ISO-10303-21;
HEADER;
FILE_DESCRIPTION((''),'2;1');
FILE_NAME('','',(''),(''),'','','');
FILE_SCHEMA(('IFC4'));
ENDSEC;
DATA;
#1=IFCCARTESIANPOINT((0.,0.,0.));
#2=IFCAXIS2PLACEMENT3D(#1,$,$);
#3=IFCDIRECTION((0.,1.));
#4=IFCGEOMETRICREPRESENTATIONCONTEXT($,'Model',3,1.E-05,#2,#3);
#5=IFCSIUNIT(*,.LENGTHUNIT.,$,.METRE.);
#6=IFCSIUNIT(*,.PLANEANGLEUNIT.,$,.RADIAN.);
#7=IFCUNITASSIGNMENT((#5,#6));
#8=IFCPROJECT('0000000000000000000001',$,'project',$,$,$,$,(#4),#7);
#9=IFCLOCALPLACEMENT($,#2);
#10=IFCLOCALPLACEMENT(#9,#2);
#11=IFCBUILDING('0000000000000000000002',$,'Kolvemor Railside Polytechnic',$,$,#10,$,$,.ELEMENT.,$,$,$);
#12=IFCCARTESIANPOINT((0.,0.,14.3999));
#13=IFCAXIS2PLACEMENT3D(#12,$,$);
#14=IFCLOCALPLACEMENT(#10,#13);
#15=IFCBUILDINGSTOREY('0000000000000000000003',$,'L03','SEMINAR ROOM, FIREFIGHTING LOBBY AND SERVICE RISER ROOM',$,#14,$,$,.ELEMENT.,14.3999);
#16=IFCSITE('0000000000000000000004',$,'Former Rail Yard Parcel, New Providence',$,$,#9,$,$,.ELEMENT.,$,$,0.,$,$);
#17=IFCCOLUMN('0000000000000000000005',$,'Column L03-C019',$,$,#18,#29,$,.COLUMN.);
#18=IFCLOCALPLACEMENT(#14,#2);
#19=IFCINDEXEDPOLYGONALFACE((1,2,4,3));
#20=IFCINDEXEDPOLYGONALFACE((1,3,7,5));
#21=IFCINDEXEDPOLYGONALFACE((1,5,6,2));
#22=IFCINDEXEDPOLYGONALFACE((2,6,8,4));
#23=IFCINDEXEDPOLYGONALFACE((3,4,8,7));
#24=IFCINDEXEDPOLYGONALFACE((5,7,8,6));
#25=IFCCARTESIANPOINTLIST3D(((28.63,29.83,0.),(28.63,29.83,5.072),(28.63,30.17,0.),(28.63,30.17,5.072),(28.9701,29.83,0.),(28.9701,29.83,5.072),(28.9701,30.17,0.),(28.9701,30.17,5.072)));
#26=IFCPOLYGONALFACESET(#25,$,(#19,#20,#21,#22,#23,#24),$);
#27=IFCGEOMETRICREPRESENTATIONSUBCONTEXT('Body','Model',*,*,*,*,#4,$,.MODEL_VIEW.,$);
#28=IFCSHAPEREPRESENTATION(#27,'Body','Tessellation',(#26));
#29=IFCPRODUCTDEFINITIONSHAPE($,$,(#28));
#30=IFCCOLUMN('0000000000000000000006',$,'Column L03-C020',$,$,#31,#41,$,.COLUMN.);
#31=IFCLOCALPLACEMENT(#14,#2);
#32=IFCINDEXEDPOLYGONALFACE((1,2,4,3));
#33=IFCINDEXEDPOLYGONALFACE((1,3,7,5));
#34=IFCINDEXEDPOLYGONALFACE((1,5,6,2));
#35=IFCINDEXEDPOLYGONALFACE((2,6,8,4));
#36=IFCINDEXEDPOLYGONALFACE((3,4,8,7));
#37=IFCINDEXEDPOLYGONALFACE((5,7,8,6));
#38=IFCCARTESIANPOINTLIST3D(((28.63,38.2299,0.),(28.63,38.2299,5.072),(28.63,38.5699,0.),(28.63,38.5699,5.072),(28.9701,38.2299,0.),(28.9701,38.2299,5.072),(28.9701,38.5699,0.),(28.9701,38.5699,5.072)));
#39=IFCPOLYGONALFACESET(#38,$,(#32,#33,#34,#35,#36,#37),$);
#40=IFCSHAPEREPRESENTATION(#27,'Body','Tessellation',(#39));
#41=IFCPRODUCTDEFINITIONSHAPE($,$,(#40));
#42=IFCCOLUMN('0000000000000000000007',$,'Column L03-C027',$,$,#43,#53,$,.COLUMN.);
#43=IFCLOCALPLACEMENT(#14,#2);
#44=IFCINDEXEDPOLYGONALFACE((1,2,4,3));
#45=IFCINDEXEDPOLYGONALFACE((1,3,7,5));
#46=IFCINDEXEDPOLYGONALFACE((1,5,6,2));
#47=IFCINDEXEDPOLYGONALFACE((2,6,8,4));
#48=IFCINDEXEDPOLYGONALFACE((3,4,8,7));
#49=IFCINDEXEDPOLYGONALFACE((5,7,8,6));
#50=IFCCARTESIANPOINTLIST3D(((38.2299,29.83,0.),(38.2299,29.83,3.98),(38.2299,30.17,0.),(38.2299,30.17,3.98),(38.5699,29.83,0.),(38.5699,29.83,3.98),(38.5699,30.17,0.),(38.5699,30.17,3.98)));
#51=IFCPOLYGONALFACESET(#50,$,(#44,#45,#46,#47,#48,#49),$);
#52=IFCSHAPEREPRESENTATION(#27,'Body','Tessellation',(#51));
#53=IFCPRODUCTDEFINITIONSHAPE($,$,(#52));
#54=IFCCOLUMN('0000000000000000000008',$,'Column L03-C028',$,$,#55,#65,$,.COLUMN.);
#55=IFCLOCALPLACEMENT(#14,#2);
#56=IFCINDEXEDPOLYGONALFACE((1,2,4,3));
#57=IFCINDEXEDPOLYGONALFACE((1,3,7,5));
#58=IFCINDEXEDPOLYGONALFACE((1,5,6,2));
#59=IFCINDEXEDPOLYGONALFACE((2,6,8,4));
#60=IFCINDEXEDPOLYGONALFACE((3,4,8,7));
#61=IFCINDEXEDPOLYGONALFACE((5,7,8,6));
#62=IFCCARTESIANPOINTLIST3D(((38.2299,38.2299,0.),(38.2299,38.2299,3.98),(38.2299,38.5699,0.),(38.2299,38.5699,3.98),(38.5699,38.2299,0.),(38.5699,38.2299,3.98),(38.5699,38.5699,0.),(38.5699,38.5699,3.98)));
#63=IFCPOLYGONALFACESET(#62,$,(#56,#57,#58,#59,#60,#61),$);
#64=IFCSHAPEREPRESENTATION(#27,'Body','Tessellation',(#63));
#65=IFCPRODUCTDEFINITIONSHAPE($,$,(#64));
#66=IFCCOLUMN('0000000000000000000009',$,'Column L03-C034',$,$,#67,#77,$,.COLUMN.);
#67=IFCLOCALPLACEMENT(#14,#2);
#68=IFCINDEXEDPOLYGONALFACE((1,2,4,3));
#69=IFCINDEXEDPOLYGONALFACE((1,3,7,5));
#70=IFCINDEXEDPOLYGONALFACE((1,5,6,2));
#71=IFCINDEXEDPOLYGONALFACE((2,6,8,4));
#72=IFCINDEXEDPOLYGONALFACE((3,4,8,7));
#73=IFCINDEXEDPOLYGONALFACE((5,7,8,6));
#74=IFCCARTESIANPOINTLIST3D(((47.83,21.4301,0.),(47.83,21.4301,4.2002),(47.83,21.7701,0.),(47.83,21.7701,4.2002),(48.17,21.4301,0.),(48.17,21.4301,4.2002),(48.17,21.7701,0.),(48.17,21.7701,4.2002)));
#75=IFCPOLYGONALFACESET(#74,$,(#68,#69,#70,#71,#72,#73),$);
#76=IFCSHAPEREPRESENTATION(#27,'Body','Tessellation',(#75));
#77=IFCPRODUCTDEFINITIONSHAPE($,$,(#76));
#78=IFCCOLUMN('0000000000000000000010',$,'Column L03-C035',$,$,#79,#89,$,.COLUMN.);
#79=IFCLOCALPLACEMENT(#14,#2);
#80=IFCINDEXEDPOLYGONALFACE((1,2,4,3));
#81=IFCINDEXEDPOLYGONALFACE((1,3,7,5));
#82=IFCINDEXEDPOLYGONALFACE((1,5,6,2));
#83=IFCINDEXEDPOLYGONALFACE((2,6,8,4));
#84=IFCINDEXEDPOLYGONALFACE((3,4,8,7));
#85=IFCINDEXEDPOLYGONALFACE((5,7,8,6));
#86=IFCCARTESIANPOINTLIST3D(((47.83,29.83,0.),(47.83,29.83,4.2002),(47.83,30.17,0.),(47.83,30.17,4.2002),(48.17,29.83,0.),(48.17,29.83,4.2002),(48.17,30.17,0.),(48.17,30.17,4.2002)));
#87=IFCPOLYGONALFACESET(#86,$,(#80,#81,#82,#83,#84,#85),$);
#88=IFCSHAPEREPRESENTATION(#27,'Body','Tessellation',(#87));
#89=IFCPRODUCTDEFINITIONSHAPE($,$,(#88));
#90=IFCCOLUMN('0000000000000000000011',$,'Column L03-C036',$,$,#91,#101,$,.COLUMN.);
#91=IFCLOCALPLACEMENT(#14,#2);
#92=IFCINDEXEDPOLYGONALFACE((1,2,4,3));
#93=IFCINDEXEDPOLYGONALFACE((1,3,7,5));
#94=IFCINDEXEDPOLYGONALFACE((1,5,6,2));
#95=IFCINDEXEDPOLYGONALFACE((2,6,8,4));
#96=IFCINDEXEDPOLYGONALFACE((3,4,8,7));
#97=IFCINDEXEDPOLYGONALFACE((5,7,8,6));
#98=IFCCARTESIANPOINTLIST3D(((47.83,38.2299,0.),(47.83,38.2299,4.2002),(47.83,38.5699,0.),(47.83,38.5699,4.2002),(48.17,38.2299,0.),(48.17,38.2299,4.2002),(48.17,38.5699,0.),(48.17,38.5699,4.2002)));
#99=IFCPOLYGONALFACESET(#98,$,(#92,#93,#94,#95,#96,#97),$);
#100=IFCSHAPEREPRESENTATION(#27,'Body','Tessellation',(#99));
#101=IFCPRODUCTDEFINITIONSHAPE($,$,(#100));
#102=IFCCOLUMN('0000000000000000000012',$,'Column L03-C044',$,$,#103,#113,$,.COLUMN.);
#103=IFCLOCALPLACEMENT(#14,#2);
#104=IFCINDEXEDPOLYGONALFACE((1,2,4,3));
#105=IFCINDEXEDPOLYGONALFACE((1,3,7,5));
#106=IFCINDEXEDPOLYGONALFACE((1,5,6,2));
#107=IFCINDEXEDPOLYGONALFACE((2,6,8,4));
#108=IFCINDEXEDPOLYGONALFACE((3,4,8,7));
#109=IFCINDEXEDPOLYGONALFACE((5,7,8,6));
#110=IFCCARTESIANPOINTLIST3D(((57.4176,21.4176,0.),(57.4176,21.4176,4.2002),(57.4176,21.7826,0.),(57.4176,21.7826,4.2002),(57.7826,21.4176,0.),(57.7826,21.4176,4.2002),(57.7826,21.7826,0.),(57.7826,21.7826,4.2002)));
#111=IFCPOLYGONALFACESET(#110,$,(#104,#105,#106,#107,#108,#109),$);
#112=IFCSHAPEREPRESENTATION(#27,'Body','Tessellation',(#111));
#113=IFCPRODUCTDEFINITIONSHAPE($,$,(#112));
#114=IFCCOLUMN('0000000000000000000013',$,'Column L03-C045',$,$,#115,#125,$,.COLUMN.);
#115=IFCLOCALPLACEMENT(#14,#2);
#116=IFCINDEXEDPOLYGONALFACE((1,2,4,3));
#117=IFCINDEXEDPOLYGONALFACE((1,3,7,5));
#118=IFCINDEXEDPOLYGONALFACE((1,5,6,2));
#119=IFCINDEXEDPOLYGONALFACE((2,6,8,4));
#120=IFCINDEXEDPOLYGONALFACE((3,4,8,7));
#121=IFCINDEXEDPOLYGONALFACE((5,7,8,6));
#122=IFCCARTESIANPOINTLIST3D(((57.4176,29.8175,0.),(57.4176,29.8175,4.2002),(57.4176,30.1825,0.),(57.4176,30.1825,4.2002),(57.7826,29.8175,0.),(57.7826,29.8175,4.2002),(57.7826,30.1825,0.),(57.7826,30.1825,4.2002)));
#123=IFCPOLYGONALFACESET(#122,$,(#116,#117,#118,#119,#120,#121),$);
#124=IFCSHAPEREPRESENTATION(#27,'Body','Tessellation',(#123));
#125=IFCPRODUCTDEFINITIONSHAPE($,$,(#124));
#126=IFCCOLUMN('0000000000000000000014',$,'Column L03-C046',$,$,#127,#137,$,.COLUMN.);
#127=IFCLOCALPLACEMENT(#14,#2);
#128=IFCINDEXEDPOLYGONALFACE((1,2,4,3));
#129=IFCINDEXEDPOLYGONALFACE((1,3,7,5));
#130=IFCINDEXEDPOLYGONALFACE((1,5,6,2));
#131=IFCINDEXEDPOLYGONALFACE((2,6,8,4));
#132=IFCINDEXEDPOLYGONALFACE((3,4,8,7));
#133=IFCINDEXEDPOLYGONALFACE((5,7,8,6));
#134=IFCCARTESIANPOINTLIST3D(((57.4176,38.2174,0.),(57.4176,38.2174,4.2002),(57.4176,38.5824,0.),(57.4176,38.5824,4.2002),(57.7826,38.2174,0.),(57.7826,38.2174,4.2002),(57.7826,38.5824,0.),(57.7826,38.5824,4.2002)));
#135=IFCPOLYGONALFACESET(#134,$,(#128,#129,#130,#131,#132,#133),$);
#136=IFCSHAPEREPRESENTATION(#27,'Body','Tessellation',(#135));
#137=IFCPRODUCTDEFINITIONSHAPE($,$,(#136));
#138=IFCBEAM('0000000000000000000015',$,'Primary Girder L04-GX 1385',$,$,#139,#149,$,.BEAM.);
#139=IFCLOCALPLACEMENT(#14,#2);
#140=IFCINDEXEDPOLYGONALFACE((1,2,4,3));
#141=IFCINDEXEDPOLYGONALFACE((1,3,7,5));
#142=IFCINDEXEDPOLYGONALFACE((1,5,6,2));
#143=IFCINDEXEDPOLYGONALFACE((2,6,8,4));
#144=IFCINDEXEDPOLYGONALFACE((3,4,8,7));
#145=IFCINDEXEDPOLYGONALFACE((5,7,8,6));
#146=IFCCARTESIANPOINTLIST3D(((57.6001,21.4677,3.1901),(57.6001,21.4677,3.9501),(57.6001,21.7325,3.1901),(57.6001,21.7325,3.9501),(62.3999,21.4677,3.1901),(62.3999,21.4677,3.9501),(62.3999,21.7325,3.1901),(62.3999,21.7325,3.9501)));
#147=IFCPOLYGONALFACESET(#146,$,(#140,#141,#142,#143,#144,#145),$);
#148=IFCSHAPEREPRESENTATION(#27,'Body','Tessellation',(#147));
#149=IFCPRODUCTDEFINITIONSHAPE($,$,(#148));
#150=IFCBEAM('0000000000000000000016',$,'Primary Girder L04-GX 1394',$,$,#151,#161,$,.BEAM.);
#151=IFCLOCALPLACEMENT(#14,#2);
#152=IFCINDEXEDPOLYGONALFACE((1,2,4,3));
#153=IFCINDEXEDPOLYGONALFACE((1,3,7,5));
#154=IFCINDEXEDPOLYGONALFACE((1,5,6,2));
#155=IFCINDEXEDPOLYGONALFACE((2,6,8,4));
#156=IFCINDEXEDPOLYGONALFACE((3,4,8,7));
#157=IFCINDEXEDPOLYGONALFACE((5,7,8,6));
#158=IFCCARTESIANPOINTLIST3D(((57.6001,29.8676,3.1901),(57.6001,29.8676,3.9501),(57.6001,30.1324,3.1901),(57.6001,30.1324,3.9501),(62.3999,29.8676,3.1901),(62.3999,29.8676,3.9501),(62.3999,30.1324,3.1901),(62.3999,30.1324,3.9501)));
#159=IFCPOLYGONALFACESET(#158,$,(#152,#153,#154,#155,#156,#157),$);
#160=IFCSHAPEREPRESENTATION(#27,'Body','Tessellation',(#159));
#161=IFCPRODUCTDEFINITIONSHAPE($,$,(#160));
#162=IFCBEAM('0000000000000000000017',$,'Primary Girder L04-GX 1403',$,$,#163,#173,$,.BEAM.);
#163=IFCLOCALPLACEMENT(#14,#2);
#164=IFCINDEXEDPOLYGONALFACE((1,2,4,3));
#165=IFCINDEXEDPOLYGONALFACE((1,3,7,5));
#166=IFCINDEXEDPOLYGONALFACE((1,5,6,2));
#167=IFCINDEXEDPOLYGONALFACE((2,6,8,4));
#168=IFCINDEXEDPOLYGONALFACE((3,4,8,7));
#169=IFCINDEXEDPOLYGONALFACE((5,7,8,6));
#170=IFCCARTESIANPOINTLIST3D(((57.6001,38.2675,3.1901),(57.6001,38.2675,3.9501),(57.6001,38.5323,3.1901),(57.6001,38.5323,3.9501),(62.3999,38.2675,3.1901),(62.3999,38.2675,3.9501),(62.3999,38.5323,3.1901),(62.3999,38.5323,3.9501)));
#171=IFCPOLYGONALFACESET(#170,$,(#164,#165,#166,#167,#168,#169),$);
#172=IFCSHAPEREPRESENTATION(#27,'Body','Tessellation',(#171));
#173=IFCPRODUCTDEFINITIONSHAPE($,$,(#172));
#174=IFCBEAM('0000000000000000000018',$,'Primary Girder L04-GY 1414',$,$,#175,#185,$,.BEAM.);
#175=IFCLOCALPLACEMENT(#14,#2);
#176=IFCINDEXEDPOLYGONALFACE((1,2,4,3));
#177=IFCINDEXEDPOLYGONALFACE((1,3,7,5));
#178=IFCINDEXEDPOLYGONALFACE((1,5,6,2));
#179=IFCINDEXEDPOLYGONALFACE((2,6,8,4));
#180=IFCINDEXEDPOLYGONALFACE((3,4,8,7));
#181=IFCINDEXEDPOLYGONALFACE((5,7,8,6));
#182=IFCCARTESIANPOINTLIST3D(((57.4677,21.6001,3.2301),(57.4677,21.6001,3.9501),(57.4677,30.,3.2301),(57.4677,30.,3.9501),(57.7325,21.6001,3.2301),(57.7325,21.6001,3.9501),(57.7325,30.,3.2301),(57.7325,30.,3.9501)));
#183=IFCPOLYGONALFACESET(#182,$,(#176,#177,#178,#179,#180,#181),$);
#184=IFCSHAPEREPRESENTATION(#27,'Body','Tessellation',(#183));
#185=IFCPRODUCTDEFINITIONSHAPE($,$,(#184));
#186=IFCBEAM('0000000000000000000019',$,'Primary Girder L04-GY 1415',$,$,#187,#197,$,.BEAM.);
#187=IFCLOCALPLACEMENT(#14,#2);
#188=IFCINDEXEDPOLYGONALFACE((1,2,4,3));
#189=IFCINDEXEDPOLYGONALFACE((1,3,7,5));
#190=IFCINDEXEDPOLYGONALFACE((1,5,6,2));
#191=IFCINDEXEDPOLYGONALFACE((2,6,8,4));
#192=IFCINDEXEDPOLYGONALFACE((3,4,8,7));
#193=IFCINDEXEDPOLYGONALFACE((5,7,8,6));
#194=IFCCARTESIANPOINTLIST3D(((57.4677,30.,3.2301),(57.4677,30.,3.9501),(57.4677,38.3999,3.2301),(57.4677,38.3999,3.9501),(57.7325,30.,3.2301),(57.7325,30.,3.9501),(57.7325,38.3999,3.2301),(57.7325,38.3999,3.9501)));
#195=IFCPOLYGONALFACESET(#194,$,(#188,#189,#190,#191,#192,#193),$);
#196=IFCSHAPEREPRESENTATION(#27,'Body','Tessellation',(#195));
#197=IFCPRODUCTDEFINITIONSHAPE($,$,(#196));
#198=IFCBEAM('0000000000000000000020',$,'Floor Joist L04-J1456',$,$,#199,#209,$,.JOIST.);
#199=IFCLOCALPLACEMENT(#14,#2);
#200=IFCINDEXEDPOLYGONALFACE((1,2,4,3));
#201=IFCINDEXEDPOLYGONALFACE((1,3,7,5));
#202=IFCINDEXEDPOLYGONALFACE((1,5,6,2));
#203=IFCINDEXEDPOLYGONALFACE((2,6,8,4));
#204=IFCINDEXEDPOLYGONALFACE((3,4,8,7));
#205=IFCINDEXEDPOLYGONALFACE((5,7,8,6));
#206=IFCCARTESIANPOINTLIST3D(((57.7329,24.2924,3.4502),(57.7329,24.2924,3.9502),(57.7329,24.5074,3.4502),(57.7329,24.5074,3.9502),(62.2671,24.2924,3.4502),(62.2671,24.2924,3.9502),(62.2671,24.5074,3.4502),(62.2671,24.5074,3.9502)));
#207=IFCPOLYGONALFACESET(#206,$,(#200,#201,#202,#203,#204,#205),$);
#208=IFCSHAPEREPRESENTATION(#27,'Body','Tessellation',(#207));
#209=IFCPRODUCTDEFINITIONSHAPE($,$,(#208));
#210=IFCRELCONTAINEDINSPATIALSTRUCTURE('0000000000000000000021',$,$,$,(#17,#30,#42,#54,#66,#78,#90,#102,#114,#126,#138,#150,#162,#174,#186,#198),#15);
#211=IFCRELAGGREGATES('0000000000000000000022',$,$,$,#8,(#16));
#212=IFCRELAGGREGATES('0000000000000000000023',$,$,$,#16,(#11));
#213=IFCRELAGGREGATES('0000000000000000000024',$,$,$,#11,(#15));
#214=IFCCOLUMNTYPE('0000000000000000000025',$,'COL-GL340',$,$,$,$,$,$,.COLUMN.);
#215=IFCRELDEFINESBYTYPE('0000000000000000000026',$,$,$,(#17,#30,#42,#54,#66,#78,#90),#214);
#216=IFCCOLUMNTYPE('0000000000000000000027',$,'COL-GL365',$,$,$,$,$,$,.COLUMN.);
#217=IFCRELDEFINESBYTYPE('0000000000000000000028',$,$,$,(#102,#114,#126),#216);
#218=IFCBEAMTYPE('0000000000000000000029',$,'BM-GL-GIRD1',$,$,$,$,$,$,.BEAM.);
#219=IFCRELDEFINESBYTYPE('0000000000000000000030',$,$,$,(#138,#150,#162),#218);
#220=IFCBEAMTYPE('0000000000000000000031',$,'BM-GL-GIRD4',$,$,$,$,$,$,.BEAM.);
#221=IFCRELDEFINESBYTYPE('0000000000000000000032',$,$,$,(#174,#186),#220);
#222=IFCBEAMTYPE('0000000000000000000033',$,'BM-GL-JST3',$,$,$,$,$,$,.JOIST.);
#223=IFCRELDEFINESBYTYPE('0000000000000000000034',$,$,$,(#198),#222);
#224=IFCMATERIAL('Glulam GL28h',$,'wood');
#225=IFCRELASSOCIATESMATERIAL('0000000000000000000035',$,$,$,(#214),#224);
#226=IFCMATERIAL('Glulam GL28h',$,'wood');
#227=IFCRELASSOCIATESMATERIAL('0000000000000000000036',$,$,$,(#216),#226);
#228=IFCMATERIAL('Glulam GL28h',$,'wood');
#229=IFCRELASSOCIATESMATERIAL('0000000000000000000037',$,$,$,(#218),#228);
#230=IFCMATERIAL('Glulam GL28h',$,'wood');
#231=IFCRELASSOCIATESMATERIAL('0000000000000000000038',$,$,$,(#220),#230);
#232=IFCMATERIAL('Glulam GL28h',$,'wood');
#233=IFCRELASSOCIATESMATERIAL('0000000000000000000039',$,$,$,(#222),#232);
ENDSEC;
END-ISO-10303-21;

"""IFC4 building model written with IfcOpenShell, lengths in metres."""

from ifc_helpers import new_model, si_unit, direction, frame, origin, origin_2d, place, context, subcontext, project, spatial, rectangle, extrude, material, material_profile, profile_set, type_object, element, save


model = new_model("IFC4")

# Units and contexts
model_context = context("Model", 3, precision=1e-05, world=origin(), true_north=direction((0.0, 1.0)))
body_context = subcontext(model_context, "Body", "Model", "MODEL_VIEW")
ifc_project = project(units=[si_unit("LENGTHUNIT", "METRE"), si_unit("PLANEANGLEUNIT", "RADIAN")], contexts=[model_context])

# Site, building, storey
site_placement = place(None, origin())
site = spatial("IfcSite", under=ifc_project, at=site_placement, Name="Former Rail Yard Parcel, New Providence", CompositionType="ELEMENT", RefElevation=0.0)
building_placement = place(site_placement, origin())
building = spatial("IfcBuilding", under=site, at=building_placement, Name="Kolvemor Railside Polytechnic", CompositionType="ELEMENT")
storey_placement = place(building_placement, frame((0.0, 0.0, 14.3999)))
storey = spatial("IfcBuildingStorey", under=building, at=storey_placement, Name="L03", Description="SEMINAR ROOM, FIREFIGHTING LOBBY AND SERVICE RISER ROOM", CompositionType="ELEMENT", Elevation=14.3999)

# Columns
ifc_material_1 = material(Name="Glulam GL28h", Category="wood")
ifc_material_profile_1 = material_profile(ifc_material_1, rectangle(XDim=0.3401, YDim=0.3401, at=origin_2d()), Name="GL340x340")
ifc_profile_set_1 = profile_set([ifc_material_profile_1], Name="Glulam GL28h")
column_type_1 = type_object("IfcColumnType", Name="COL-GL340", PredefinedType="COLUMN", material=ifc_profile_set_1)
for number, where, z_axis, x_axis, name in (
    (1, (28.8, 30.0, 0.0), (0.0, 0.0, 1.0), (1.0, 0.0, 0.0), "Column L03-C019"),
    (2, (28.8, 38.3999, 0.0), (0.0, 0.0, 1.0), (1.0, 0.0, 0.0), "Column L03-C020"),
):
    element("IfcColumn", number, at=place(storey_placement, frame(where, z_axis=z_axis, x_axis=x_axis)), inside=storey, type_object=column_type_1, Name=name, PredefinedType="COLUMN", context=body_context, shape_type="SweptSolid", body=[
        extrude(rectangle(XDim=0.3401, YDim=0.3401, at=origin_2d()), origin(), (0.0, 0.0, 1.0), 5.072),
    ])
for number, where, z_axis, x_axis, name in (
    (3, (38.3999, 30.0, 0.0), (0.0, 0.0, 1.0), (1.0, 0.0, 0.0), "Column L03-C027"),
    (4, (38.3999, 38.3999, 0.0), (0.0, 0.0, 1.0), (1.0, 0.0, 0.0), "Column L03-C028"),
):
    element("IfcColumn", number, at=place(storey_placement, frame(where, z_axis=z_axis, x_axis=x_axis)), inside=storey, type_object=column_type_1, Name=name, PredefinedType="COLUMN", context=body_context, shape_type="SweptSolid", body=[
        extrude(rectangle(XDim=0.3401, YDim=0.3401, at=origin_2d()), origin(), (0.0, 0.0, 1.0), 3.98),
    ])
for number, where, z_axis, x_axis, name in (
    (5, (48.0, 21.6001, 0.0), (0.0, 0.0, 1.0), (1.0, 0.0, 0.0), "Column L03-C034"),
    (6, (48.0, 30.0, 0.0), (0.0, 0.0, 1.0), (1.0, 0.0, 0.0), "Column L03-C035"),
    (7, (48.0, 38.3999, 0.0), (0.0, 0.0, 1.0), (1.0, 0.0, 0.0), "Column L03-C036"),
):
    element("IfcColumn", number, at=place(storey_placement, frame(where, z_axis=z_axis, x_axis=x_axis)), inside=storey, type_object=column_type_1, Name=name, PredefinedType="COLUMN", context=body_context, shape_type="SweptSolid", body=[
        extrude(rectangle(XDim=0.3401, YDim=0.3401, at=origin_2d()), origin(), (0.0, 0.0, 1.0), 4.2002),
    ])
ifc_material_2 = material(Name="Glulam GL28h", Category="wood")
ifc_material_profile_2 = material_profile(ifc_material_2, rectangle(XDim=0.365, YDim=0.365, at=origin_2d()), Name="GL365x365")
ifc_profile_set_2 = profile_set([ifc_material_profile_2], Name="Glulam GL28h")
column_type_2 = type_object("IfcColumnType", Name="COL-GL365", PredefinedType="COLUMN", material=ifc_profile_set_2)
for number, where, z_axis, x_axis, name in (
    (8, (57.6001, 21.6001, 0.0), (0.0, 0.0, 1.0), (1.0, 0.0, 0.0), "Column L03-C044"),
    (9, (57.6001, 30.0, 0.0), (0.0, 0.0, 1.0), (1.0, 0.0, 0.0), "Column L03-C045"),
    (10, (57.6001, 38.3999, 0.0), (0.0, 0.0, 1.0), (1.0, 0.0, 0.0), "Column L03-C046"),
):
    element("IfcColumn", number, at=place(storey_placement, frame(where, z_axis=z_axis, x_axis=x_axis)), inside=storey, type_object=column_type_2, Name=name, PredefinedType="COLUMN", context=body_context, shape_type="SweptSolid", body=[
        extrude(rectangle(XDim=0.365, YDim=0.365, at=origin_2d()), origin(), (0.0, 0.0, 1.0), 4.2002),
    ])

# Beams
ifc_material_3 = material(Name="Glulam GL28h", Category="wood")
ifc_material_profile_3 = material_profile(ifc_material_3, rectangle(XDim=0.2649, YDim=0.76, at=origin_2d()), Name="GL265x760")
ifc_profile_set_3 = profile_set([ifc_material_profile_3], Name="Glulam GL28h")
beam_type_1 = type_object("IfcBeamType", Name="BM-GL-GIRD1", PredefinedType="BEAM", material=ifc_profile_set_3)
for number, where, z_axis, x_axis, name in (
    (11, (57.6001, 21.6001, 3.5701), (1.0, 0.0, 0.0), (0.0, 1.0, 0.0), "Primary Girder L04-GX 1385"),
    (12, (57.6001, 30.0, 3.5701), (1.0, 0.0, 0.0), (0.0, 1.0, 0.0), "Primary Girder L04-GX 1394"),
    (13, (57.6001, 38.3999, 3.5701), (1.0, 0.0, 0.0), (0.0, 1.0, 0.0), "Primary Girder L04-GX 1403"),
):
    element("IfcBeam", number, at=place(storey_placement, frame(where, z_axis=z_axis, x_axis=x_axis)), inside=storey, type_object=beam_type_1, Name=name, PredefinedType="BEAM", context=body_context, shape_type="SweptSolid", body=[
        extrude(rectangle(XDim=0.2649, YDim=0.76, at=origin_2d()), origin(), (0.0, 0.0, 1.0), 4.7998),
    ])
ifc_material_4 = material(Name="Glulam GL28h", Category="wood")
ifc_material_profile_4 = material_profile(ifc_material_4, rectangle(XDim=0.2649, YDim=0.72, at=origin_2d()), Name="GL265x720")
ifc_profile_set_4 = profile_set([ifc_material_profile_4], Name="Glulam GL28h")
beam_type_2 = type_object("IfcBeamType", Name="BM-GL-GIRD4", PredefinedType="BEAM", material=ifc_profile_set_4)
for number, where, z_axis, x_axis, name in (
    (14, (57.6001, 21.6001, 3.5901), (0.0, 1.0, 0.0), (-1.0, 0.0, 0.0), "Primary Girder L04-GY 1414"),
    (15, (57.6001, 30.0, 3.5901), (0.0, 1.0, 0.0), (-1.0, 0.0, 0.0), "Primary Girder L04-GY 1415"),
):
    element("IfcBeam", number, at=place(storey_placement, frame(where, z_axis=z_axis, x_axis=x_axis)), inside=storey, type_object=beam_type_2, Name=name, PredefinedType="BEAM", context=body_context, shape_type="SweptSolid", body=[
        extrude(rectangle(XDim=0.2649, YDim=0.72, at=origin_2d()), origin(), (0.0, 0.0, 1.0), 8.3999),
    ])
ifc_material_5 = material(Name="Glulam GL28h", Category="wood")
ifc_material_profile_5 = material_profile(ifc_material_5, rectangle(XDim=0.2151, YDim=0.5, at=origin_2d()), Name="GL215x500")
ifc_profile_set_5 = profile_set([ifc_material_profile_5], Name="Glulam GL28h")
beam_type_3 = type_object("IfcBeamType", Name="BM-GL-JST3", PredefinedType="JOIST", material=ifc_profile_set_5)
for number, where, z_axis, x_axis, name in (
    (16, (57.7329, 24.3999, 3.7002), (1.0, 0.0, 0.0), (0.0, 1.0, 0.0), "Floor Joist L04-J1456"),
):
    element("IfcBeam", number, at=place(storey_placement, frame(where, z_axis=z_axis, x_axis=x_axis)), inside=storey, type_object=beam_type_3, Name=name, PredefinedType="JOIST", context=body_context, shape_type="SweptSolid", body=[
        extrude(rectangle(XDim=0.2151, YDim=0.5, at=origin_2d()), origin(), (0.0, 0.0, 1.0), 4.5342),
    ])

save(model, "model.ifc")
